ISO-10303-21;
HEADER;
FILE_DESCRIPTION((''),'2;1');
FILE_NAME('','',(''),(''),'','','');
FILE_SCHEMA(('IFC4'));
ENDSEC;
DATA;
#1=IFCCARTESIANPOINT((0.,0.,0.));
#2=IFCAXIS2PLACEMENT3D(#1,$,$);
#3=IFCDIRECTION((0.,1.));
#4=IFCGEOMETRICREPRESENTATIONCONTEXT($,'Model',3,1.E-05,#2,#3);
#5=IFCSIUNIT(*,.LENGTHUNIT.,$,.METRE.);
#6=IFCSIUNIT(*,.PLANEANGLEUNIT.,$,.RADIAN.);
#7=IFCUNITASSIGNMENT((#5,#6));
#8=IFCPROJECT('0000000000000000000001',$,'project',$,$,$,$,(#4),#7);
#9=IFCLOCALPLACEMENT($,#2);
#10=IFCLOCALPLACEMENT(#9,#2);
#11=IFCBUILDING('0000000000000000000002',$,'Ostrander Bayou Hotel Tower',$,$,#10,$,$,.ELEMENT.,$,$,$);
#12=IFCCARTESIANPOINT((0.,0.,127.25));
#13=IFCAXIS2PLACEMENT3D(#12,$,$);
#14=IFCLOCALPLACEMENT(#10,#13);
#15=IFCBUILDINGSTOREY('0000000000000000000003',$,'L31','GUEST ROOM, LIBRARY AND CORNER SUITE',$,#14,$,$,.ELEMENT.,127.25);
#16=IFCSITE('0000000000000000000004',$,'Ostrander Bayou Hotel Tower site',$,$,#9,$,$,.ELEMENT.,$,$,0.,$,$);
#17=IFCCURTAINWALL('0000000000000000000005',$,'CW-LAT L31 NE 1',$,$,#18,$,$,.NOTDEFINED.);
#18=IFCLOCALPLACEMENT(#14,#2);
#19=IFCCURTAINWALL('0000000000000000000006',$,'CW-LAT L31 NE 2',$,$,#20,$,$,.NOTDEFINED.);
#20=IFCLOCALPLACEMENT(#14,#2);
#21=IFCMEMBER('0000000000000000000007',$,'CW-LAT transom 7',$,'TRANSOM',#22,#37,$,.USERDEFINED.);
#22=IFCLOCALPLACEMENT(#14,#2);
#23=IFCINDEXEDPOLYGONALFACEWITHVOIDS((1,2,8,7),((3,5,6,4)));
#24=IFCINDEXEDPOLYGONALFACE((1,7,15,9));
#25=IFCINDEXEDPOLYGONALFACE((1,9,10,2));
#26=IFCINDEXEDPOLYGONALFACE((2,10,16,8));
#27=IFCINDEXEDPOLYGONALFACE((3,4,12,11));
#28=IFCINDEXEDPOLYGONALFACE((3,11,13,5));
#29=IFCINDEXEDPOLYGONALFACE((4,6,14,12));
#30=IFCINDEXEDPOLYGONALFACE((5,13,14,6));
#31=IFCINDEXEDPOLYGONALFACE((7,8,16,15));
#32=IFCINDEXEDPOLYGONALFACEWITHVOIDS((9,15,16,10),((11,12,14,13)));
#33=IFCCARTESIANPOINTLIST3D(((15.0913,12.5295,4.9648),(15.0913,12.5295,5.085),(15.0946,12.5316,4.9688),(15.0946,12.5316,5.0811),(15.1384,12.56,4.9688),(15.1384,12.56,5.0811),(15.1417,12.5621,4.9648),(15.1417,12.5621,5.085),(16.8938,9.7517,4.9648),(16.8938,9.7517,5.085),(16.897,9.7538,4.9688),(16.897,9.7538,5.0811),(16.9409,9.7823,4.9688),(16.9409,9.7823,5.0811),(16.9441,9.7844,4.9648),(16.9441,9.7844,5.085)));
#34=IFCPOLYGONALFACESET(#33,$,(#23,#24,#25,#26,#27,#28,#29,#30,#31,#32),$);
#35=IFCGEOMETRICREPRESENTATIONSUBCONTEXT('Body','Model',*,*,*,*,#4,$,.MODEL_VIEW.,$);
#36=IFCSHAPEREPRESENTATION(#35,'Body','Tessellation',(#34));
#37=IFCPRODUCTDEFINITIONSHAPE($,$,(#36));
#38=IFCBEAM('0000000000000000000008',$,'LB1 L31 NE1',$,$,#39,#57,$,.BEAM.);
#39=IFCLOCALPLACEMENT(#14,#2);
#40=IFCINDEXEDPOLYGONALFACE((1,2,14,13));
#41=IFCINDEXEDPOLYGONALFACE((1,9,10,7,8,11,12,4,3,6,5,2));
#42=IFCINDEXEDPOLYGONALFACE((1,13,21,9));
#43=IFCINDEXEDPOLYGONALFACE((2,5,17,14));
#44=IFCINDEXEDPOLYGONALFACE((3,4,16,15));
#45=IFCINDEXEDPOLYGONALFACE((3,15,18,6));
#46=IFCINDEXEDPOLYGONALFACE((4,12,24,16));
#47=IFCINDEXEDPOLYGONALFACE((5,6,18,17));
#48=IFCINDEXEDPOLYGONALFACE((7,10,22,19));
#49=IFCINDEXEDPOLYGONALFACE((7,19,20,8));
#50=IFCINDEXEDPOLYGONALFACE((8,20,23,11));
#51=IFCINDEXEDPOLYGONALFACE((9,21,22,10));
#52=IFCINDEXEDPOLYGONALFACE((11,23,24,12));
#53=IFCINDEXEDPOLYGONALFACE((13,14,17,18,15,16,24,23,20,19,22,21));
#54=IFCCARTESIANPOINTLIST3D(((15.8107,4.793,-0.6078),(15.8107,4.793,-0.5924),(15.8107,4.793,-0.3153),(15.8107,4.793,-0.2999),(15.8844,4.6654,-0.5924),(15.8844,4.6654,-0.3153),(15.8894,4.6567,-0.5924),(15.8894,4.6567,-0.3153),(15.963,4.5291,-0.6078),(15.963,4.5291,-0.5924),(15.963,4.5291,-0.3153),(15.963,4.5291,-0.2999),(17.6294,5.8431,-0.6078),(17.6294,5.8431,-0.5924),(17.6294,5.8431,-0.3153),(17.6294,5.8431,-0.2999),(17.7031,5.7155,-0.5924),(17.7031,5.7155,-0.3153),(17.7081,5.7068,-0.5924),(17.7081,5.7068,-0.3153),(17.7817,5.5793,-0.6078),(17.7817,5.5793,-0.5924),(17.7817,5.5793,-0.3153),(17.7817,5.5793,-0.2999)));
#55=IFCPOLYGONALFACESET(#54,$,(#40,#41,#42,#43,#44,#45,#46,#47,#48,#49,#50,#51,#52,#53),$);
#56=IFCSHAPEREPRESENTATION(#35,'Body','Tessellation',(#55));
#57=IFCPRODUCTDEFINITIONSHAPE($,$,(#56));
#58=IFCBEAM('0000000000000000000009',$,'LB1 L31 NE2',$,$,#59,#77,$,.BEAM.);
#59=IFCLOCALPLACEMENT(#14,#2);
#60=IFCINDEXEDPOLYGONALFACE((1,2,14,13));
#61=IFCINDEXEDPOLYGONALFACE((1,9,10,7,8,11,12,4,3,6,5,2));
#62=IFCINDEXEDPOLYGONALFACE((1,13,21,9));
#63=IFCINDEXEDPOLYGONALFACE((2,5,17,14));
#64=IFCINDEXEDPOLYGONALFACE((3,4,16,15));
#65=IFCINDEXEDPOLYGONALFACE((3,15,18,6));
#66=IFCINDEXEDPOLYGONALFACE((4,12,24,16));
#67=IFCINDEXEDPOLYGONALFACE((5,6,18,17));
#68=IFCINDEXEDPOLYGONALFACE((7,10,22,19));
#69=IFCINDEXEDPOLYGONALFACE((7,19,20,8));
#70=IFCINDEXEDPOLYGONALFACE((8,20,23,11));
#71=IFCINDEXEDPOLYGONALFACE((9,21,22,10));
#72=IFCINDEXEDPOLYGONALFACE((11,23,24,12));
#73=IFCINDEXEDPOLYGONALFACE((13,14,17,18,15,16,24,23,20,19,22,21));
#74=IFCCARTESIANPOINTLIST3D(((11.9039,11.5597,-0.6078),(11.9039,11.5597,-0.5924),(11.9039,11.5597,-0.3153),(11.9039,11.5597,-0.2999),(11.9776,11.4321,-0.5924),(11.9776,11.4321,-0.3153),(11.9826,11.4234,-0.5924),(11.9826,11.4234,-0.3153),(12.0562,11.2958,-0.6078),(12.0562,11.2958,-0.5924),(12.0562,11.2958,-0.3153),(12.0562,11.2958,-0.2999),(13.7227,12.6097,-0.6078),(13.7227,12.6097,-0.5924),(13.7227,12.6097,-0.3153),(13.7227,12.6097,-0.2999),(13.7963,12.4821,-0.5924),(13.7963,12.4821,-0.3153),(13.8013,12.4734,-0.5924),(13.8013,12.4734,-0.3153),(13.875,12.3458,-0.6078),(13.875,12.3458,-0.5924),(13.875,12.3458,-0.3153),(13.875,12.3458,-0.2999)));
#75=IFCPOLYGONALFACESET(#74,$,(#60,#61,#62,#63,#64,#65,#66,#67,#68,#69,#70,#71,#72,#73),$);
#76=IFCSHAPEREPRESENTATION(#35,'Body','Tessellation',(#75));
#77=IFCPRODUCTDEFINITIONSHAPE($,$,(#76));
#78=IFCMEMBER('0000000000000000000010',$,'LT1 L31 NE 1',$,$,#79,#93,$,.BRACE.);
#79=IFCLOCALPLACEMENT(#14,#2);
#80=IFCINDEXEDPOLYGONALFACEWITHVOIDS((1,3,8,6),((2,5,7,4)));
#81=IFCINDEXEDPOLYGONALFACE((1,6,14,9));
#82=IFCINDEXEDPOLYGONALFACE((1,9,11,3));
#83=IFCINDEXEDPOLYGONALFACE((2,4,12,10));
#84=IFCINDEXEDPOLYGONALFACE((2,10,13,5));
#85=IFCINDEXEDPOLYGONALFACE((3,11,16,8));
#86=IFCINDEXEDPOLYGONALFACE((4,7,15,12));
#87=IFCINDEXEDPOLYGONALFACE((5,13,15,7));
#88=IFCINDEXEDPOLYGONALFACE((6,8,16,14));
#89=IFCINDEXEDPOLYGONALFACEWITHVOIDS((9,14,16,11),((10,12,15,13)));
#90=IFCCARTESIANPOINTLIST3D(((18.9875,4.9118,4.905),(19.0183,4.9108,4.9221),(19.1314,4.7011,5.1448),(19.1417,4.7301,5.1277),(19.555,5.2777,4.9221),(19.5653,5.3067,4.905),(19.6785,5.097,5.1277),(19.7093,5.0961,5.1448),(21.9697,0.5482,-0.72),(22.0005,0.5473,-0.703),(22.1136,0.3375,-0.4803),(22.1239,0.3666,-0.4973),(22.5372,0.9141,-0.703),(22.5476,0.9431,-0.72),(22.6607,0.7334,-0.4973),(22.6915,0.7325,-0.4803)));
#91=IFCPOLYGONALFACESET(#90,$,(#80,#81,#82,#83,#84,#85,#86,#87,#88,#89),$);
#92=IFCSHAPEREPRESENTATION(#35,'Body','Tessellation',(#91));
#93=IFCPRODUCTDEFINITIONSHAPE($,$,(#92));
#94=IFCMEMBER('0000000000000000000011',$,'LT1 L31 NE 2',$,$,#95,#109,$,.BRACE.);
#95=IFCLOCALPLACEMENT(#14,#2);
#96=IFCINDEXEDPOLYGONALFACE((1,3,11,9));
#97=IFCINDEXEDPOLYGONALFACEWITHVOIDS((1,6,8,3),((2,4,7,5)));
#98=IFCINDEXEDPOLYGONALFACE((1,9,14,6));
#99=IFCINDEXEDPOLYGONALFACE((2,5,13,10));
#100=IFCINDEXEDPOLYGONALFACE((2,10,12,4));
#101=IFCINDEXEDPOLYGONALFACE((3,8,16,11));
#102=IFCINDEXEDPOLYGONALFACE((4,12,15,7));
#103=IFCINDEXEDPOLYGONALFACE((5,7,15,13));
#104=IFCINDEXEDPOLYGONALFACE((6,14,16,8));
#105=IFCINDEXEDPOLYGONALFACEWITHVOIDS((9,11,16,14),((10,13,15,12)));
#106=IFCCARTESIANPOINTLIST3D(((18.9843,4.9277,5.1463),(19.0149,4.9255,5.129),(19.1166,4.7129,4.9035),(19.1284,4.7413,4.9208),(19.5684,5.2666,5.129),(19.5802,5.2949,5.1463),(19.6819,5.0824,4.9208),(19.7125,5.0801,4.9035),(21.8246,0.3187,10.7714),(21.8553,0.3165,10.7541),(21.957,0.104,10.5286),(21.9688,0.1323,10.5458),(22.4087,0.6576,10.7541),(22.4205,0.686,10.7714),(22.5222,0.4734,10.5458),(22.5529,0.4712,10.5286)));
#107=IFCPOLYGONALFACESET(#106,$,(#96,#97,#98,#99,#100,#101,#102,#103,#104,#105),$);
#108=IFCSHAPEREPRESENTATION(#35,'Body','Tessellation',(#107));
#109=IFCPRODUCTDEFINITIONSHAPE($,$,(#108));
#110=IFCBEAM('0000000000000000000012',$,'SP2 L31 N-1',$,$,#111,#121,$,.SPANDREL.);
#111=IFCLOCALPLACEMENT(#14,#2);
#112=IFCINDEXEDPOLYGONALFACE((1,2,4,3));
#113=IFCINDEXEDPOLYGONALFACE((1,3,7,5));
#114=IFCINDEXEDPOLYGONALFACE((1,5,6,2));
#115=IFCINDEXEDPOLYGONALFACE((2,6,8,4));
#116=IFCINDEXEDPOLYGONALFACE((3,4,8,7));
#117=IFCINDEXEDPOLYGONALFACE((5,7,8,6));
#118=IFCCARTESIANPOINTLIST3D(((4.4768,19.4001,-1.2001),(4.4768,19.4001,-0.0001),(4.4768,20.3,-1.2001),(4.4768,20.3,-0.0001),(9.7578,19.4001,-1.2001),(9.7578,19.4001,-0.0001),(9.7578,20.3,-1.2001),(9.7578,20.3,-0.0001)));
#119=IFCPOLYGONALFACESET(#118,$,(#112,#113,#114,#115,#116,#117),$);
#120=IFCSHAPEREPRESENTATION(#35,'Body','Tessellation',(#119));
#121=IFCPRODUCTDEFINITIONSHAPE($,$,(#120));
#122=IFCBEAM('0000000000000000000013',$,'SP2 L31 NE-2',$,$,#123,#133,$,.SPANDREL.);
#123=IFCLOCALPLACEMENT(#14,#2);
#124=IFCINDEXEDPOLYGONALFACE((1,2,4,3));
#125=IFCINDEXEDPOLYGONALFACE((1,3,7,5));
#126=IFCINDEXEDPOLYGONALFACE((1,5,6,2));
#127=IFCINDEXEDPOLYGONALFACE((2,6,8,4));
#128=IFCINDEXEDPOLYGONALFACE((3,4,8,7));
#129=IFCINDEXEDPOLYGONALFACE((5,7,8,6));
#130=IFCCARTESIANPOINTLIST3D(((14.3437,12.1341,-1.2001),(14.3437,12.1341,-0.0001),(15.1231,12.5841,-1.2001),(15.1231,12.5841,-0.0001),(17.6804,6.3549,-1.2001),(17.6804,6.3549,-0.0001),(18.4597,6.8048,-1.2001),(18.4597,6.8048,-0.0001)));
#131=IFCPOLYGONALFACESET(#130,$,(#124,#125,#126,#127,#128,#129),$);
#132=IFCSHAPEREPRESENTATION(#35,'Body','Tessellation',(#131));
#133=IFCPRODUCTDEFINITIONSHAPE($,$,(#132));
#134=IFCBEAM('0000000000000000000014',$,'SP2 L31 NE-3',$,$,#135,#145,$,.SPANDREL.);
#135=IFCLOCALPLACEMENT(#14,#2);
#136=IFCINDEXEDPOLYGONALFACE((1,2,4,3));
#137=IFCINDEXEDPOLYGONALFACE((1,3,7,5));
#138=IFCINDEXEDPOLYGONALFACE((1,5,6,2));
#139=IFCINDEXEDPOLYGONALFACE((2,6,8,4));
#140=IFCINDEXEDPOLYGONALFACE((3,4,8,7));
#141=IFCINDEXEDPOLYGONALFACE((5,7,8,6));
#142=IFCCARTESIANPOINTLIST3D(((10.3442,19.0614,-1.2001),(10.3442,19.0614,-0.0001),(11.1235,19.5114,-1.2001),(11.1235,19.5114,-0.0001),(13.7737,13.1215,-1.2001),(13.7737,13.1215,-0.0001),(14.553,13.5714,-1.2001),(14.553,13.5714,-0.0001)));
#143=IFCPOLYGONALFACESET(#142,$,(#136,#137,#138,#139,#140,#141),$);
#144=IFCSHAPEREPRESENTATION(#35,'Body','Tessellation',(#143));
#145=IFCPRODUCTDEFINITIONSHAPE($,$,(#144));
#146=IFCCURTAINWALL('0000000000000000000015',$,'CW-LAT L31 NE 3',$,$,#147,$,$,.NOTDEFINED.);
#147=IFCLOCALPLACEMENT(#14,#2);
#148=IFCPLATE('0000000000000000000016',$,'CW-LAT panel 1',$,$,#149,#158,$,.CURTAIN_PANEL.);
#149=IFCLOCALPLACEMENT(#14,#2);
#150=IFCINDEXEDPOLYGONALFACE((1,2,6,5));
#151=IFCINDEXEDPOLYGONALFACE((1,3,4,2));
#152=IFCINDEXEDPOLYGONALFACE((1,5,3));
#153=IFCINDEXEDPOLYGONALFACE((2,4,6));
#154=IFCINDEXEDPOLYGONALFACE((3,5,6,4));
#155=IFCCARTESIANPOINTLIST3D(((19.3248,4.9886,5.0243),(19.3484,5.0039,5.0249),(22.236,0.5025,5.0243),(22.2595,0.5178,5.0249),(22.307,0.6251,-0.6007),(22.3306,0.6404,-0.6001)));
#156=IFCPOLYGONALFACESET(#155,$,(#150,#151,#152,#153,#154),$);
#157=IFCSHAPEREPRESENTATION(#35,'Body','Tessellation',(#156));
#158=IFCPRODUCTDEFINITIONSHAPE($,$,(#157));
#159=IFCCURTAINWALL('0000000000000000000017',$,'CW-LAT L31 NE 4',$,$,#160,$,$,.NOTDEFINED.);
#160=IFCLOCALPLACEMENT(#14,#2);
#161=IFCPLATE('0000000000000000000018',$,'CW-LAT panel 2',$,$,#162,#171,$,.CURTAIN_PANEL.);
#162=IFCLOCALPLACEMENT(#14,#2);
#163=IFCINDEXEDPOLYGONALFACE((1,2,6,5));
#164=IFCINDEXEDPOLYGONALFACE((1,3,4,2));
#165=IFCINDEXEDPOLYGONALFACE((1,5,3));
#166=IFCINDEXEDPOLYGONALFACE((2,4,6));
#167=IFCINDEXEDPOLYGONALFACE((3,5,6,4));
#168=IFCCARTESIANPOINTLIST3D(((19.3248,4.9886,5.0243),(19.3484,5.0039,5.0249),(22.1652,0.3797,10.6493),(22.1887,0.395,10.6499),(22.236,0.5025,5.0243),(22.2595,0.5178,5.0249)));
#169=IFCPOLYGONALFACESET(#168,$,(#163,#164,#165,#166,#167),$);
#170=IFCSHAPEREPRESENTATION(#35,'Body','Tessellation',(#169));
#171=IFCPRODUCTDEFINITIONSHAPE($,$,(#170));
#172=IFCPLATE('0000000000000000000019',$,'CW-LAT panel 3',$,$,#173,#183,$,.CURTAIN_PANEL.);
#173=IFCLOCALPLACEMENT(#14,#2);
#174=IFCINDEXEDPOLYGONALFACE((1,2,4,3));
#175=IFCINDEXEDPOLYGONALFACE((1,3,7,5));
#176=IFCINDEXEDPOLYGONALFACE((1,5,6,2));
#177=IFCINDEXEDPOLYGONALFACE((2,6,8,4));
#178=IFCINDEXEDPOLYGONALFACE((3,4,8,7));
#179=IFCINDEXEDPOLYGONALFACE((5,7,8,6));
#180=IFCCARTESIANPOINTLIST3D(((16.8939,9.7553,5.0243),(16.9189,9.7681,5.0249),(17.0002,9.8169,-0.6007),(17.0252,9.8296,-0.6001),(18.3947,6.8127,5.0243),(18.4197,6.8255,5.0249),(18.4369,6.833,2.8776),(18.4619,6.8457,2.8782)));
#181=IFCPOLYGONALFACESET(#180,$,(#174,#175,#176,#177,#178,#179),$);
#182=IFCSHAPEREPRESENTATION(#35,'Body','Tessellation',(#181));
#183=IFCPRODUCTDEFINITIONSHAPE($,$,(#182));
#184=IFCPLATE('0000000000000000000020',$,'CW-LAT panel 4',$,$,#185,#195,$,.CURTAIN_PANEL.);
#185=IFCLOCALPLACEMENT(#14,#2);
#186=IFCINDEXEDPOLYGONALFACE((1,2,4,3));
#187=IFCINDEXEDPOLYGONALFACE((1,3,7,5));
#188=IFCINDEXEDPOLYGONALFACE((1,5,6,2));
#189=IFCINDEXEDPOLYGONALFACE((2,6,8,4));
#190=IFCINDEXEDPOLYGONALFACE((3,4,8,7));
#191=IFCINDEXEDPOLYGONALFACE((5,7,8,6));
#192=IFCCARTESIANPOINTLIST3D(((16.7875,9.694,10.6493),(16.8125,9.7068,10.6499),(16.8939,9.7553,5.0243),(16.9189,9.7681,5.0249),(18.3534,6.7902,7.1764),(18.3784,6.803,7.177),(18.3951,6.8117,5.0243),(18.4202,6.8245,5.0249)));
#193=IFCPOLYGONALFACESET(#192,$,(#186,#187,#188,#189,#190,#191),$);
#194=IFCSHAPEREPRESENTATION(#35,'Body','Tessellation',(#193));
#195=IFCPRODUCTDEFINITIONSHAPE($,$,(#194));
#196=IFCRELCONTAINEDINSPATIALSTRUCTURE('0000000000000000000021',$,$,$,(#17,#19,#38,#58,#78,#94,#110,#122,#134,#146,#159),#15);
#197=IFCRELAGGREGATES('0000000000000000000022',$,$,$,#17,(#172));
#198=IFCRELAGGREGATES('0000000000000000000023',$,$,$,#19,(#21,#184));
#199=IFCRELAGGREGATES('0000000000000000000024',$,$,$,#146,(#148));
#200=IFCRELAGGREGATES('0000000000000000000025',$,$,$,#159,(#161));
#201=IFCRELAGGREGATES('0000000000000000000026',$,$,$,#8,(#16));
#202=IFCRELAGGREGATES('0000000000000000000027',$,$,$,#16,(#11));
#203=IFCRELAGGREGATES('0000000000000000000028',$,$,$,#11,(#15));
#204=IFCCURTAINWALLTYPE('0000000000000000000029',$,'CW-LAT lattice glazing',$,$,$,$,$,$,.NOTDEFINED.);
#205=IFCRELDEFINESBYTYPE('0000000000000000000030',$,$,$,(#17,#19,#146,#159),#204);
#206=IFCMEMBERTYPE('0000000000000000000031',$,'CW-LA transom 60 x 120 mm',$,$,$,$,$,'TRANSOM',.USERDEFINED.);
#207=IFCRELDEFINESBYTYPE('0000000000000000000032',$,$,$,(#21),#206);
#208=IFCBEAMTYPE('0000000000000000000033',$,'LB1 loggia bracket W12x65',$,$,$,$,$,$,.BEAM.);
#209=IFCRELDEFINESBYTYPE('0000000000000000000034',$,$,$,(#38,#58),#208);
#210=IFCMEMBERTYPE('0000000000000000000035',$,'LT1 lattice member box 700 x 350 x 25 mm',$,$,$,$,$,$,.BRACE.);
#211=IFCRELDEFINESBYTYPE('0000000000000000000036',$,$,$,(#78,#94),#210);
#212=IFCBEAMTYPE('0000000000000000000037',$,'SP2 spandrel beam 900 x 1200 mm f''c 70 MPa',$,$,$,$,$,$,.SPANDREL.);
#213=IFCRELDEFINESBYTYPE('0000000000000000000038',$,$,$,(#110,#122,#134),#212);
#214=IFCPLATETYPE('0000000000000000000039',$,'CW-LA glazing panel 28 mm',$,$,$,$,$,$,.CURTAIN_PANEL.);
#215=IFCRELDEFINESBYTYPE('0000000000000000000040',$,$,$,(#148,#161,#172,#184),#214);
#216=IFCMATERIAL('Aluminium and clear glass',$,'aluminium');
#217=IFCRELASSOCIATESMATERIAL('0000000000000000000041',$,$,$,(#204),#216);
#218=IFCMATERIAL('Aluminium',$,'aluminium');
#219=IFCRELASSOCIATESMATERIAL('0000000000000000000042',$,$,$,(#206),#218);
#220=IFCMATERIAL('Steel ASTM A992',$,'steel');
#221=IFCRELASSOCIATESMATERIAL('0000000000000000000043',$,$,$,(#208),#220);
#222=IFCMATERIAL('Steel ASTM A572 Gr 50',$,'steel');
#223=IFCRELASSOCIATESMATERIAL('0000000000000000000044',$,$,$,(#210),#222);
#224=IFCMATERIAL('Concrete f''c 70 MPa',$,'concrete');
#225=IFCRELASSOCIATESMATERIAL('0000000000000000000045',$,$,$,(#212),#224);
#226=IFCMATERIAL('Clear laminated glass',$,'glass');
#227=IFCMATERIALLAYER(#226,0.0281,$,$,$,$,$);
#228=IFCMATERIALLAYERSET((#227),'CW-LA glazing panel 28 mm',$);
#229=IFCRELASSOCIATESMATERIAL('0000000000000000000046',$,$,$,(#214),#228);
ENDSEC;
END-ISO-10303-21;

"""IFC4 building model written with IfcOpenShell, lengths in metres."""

from ifc_helpers import new_model, si_unit, direction, frame, origin, origin_2d, place, context, subcontext, project, spatial, polyline, rectangle, hollow_rectangle, i_section, outline, extrude, material, layer, layer_set, material_profile, profile_set, type_object, element, aggregate, save


model = new_model("IFC4")

# Units and contexts
model_context = context("Model", 3, precision=1e-05, world=origin(), true_north=direction((0.0, 1.0)))
body_context = subcontext(model_context, "Body", "Model", "MODEL_VIEW")
ifc_project = project(units=[si_unit("LENGTHUNIT", "METRE"), si_unit("PLANEANGLEUNIT", "RADIAN")], contexts=[model_context])

# Site, building, storey
site_placement = place(None, origin())
site = spatial("IfcSite", under=ifc_project, at=site_placement, Name="Ostrander Bayou Hotel Tower site", CompositionType="ELEMENT", RefElevation=0.0)
building_placement = place(site_placement, origin())
building = spatial("IfcBuilding", under=site, at=building_placement, Name="Ostrander Bayou Hotel Tower", CompositionType="ELEMENT")
storey_placement = place(building_placement, frame((0.0, 0.0, 127.25)))
storey = spatial("IfcBuildingStorey", under=building, at=storey_placement, Name="L31", Description="GUEST ROOM, LIBRARY AND CORNER SUITE", CompositionType="ELEMENT", Elevation=127.25)

# Curtain walls, member
ifc_material_1 = material(Name="Aluminium and clear glass", Category="aluminium")
curtain_wall_type = type_object("IfcCurtainWallType", Name="CW-LAT lattice glazing", PredefinedType="NOTDEFINED", material=ifc_material_1)
curtain_wall_1_placement = place(storey_placement, origin())
curtain_wall_1 = element("IfcCurtainWall", 1, at=curtain_wall_1_placement, inside=storey, type_object=curtain_wall_type, Name="CW-LAT L31 NE 1", PredefinedType="NOTDEFINED")
curtain_wall_2_placement = place(storey_placement, origin())
curtain_wall_2 = element("IfcCurtainWall", 2, at=curtain_wall_2_placement, inside=storey, type_object=curtain_wall_type, Name="CW-LAT L31 NE 2", PredefinedType="NOTDEFINED")
ifc_material_2 = material(Name="Aluminium", Category="aluminium")
ifc_material_profile_1 = material_profile(ifc_material_2, hollow_rectangle(XDim=0.0601, YDim=0.1201, WallThickness=0.0039, at=origin_2d()))
ifc_profile_set_1 = profile_set([ifc_material_profile_1], Name="Aluminium")
member_type_1 = type_object("IfcMemberType", Name="CW-LA transom 60 x 120 mm", ElementType="TRANSOM", PredefinedType="USERDEFINED", material=ifc_profile_set_1)
member_1_placement = place(storey_placement, frame((16.9189, 9.7681, 5.0249), z_axis=(-0.54433, 0.838871, 0.0), x_axis=(-0.838871, -0.54433, 0.0)))
member_1 = element("IfcMember", 3, at=member_1_placement, type_object=member_type_1, Name="CW-LAT transom 7", ObjectType="TRANSOM", PredefinedType="USERDEFINED", context=body_context, shape_type="SweptSolid", body=[
    extrude(hollow_rectangle(XDim=0.0601, YDim=0.1201, WallThickness=0.0039, at=origin_2d()), origin(), (0.0, 0.0, 1.0), 3.3113),
])

# Beams
ifc_material_3 = material(Name="Steel ASTM A992", Category="steel")
ifc_material_profile_2 = material_profile(ifc_material_3, i_section(OverallWidth=0.3047, OverallDepth=0.3079, WebThickness=0.01, FlangeThickness=0.0154, at=origin_2d()))
ifc_profile_set_2 = profile_set([ifc_material_profile_2], Name="Steel ASTM A992")
beam_type_1 = type_object("IfcBeamType", Name="LB1 loggia bracket W12x65", PredefinedType="BEAM", material=ifc_profile_set_2)
for number, where, z_axis, x_axis, name in (
    (4, (17.7056, 5.7112, -0.4539), (-0.866009, -0.500028, 0.0), (0.500028, -0.866009, 0.0), "LB1 L31 NE1"),
    (5, (13.7988, 12.4778, -0.4539), (-0.866038, -0.499977, 0.0), (0.499977, -0.866038, 0.0), "LB1 L31 NE2"),
):
    element("IfcBeam", number, at=place(storey_placement, frame(where, z_axis=z_axis, x_axis=x_axis)), inside=storey, type_object=beam_type_1, Name=name, PredefinedType="BEAM", context=body_context, shape_type="SweptSolid", body=[
        extrude(i_section(OverallWidth=0.3047, OverallDepth=0.3079, WebThickness=0.01, FlangeThickness=0.0154, at=origin_2d()), origin(), (0.0, 0.0, 1.0), 2.1001),
    ])

# Members
ifc_material_4 = material(Name="Steel ASTM A572 Gr 50", Category="steel")
ifc_material_profile_3 = material_profile(ifc_material_4, hollow_rectangle(XDim=0.7, YDim=0.3501, WallThickness=0.0249, at=origin_2d()))
ifc_profile_set_3 = profile_set([ifc_material_profile_3], Name="Steel ASTM A572 Gr 50")
member_type_2 = type_object("IfcMemberType", Name="LT1 lattice member box 700 x 350 x 25 mm", PredefinedType="BRACE", material=ifc_profile_set_3)
member_2_placement = place(storey_placement, frame((19.3484, 5.0039, 5.0249), z_axis=(0.38637, -0.565338, -0.728774), x_axis=(0.825606, 0.564247, 0.0)))
element("IfcMember", 6, at=member_2_placement, inside=storey, type_object=member_type_2, Name="LT1 L31 NE 1", PredefinedType="BRACE", context=body_context, shape_type="SweptSolid", body=[
    extrude(hollow_rectangle(XDim=0.7, YDim=0.3501, WallThickness=0.0249, at=origin_2d()), origin(), (0.0, 0.0, 1.0), 7.7185),
])
member_3_placement = place(storey_placement, frame((19.3484, 5.0039, 5.0249), z_axis=(0.363817, -0.59035, 0.720503), x_axis=(0.851321, 0.524646, 0.0)))
element("IfcMember", 7, at=member_3_placement, inside=storey, type_object=member_type_2, Name="LT1 L31 NE 2", PredefinedType="BRACE", context=body_context, shape_type="SweptSolid", body=[
    extrude(hollow_rectangle(XDim=0.7, YDim=0.3501, WallThickness=0.0249, at=origin_2d()), origin(), (0.0, 0.0, 1.0), 7.8071),
])

# Beams
ifc_material_5 = material(Name="Concrete f'c 70 MPa", Category="concrete")
ifc_material_profile_4 = material_profile(ifc_material_5, rectangle(XDim=0.8999, YDim=1.2, at=origin_2d()))
ifc_profile_set_4 = profile_set([ifc_material_profile_4], Name="Concrete f'c 70 MPa")
beam_type_2 = type_object("IfcBeamType", Name="SP2 spandrel beam 900 x 1200 mm f'c 70 MPa", PredefinedType="SPANDREL", material=ifc_profile_set_4)
beam_1_placement = place(storey_placement, frame((9.7578, 19.8501, -0.6001), z_axis=(-1.0, 0.0, 0.0), x_axis=(0.0, -1.0, 0.0)))
element("IfcBeam", 8, at=beam_1_placement, inside=storey, type_object=beam_type_2, Name="SP2 L31 N-1", PredefinedType="SPANDREL", context=body_context, shape_type="SweptSolid", body=[
    extrude(rectangle(XDim=0.8999, YDim=1.2, at=origin_2d()), origin(), (0.0, 0.0, 1.0), 5.281),
])
beam_2_placement = place(storey_placement, frame((18.0701, 6.5798, -0.6001), z_axis=(-0.499999, 0.866026, 0.0), x_axis=(-0.866026, -0.499999, 0.0)))
element("IfcBeam", 9, at=beam_2_placement, inside=storey, type_object=beam_type_2, Name="SP2 L31 NE-2", PredefinedType="SPANDREL", context=body_context, shape_type="SweptSolid", body=[
    extrude(rectangle(XDim=0.8999, YDim=1.2, at=origin_2d()), origin(), (0.0, 0.0, 1.0), 6.6733),
])
beam_3_placement = place(storey_placement, frame((14.1633, 13.3464, -0.6001), z_axis=(-0.500002, 0.866024, 0.0), x_axis=(-0.866024, -0.500002, 0.0)))
element("IfcBeam", 10, at=beam_3_placement, inside=storey, type_object=beam_type_2, Name="SP2 L31 NE-3", PredefinedType="SPANDREL", context=body_context, shape_type="SweptSolid", body=[
    extrude(rectangle(XDim=0.8999, YDim=1.2, at=origin_2d()), origin(), (0.0, 0.0, 1.0), 6.8589),
])

# Curtain walls, plates
curtain_wall_3_placement = place(storey_placement, origin())
curtain_wall_3 = element("IfcCurtainWall", 11, at=curtain_wall_3_placement, inside=storey, type_object=curtain_wall_type, Name="CW-LAT L31 NE 3", PredefinedType="NOTDEFINED")
ifc_material_6 = material(Name="Clear laminated glass", Category="glass")
ifc_layer_1 = layer(ifc_material_6, 0.0281)
ifc_layer_set_1 = layer_set([ifc_layer_1], Name="CW-LA glazing panel 28 mm")
plate_type = type_object("IfcPlateType", Name="CW-LA glazing panel 28 mm", PredefinedType="CURTAIN_PANEL", material=ifc_layer_set_1)
plate_1_placement = place(storey_placement, frame((19.3484, 5.0039, 5.0249), z_axis=(0.838644, 0.544217, 0.02245), x_axis=(0.38637, -0.565338, -0.728774)))
plate_1 = element("IfcPlate", 12, at=plate_1_placement, type_object=plate_type, Name="CW-LAT panel 1", PredefinedType="CURTAIN_PANEL", context=body_context, shape_type="SweptSolid", body=[
    extrude(outline(polyline([(0.0, 0.0), (7.7184, 0.0), (3.6609, -3.8984), (0.0, 0.0)])), origin(), (0.0, 0.0, -1.0), 0.0281),
])
curtain_wall_4_placement = place(storey_placement, origin())
curtain_wall_4 = element("IfcCurtainWall", 13, at=curtain_wall_4_placement, inside=storey, type_object=curtain_wall_type, Name="CW-LAT L31 NE 4", PredefinedType="NOTDEFINED")
plate_2_placement = place(storey_placement, frame((19.3484, 5.0039, 5.0249), z_axis=(0.838644, 0.544217, 0.022437), x_axis=(0.363817, -0.59035, 0.720503)))
plate_2 = element("IfcPlate", 14, at=plate_2_placement, type_object=plate_type, Name="CW-LAT panel 2", PredefinedType="CURTAIN_PANEL", context=body_context, shape_type="SweptSolid", body=[
    extrude(outline(polyline([(0.0, 0.0), (7.807, 0.0), (3.7075, 3.8541), (0.0, 0.0)])), origin(), (0.0, 0.0, -1.0), 0.0281),
])

# Plates
plate_3_placement = place(storey_placement, frame((18.4619, 6.8457, 2.8782), z_axis=(0.890619, 0.454228, 0.021791), x_axis=(-0.299148, 0.621293, -0.724227)))
plate_3 = element("IfcPlate", 15, at=plate_3_placement, type_object=plate_type, Name="CW-LAT panel 3", PredefinedType="CURTAIN_PANEL", context=body_context, shape_type="SweptSolid", body=[
    extrude(outline(polyline([(0.0, 0.0), (4.8027, 0.0), (0.7225, 3.8739), (-1.5547, 1.4811), (0.0, 0.0)])), origin(), (0.0, 0.0, -1.0), 0.0281),
])
aggregate(curtain_wall_1, [plate_3])
plate_4_placement = place(storey_placement, frame((18.3784, 6.803, 7.177), z_axis=(0.890628, 0.45421, 0.021805), x_axis=(-0.326909, 0.606207, 0.725013)))
plate_4 = element("IfcPlate", 16, at=plate_4_placement, type_object=plate_type, Name="CW-LAT panel 4", PredefinedType="CURTAIN_PANEL", context=body_context, shape_type="SweptSolid", body=[
    extrude(outline(polyline([(0.0, 0.0), (4.7901, 0.0), (0.7143, -3.8786), (-1.5609, -1.4823), (0.0, 0.0)])), origin(), (0.0, 0.0, -1.0), 0.0281),
])
aggregate(curtain_wall_2, [member_1, plate_4])
aggregate(curtain_wall_3, [plate_1])
aggregate(curtain_wall_4, [plate_2])

save(model, "model.ifc")
